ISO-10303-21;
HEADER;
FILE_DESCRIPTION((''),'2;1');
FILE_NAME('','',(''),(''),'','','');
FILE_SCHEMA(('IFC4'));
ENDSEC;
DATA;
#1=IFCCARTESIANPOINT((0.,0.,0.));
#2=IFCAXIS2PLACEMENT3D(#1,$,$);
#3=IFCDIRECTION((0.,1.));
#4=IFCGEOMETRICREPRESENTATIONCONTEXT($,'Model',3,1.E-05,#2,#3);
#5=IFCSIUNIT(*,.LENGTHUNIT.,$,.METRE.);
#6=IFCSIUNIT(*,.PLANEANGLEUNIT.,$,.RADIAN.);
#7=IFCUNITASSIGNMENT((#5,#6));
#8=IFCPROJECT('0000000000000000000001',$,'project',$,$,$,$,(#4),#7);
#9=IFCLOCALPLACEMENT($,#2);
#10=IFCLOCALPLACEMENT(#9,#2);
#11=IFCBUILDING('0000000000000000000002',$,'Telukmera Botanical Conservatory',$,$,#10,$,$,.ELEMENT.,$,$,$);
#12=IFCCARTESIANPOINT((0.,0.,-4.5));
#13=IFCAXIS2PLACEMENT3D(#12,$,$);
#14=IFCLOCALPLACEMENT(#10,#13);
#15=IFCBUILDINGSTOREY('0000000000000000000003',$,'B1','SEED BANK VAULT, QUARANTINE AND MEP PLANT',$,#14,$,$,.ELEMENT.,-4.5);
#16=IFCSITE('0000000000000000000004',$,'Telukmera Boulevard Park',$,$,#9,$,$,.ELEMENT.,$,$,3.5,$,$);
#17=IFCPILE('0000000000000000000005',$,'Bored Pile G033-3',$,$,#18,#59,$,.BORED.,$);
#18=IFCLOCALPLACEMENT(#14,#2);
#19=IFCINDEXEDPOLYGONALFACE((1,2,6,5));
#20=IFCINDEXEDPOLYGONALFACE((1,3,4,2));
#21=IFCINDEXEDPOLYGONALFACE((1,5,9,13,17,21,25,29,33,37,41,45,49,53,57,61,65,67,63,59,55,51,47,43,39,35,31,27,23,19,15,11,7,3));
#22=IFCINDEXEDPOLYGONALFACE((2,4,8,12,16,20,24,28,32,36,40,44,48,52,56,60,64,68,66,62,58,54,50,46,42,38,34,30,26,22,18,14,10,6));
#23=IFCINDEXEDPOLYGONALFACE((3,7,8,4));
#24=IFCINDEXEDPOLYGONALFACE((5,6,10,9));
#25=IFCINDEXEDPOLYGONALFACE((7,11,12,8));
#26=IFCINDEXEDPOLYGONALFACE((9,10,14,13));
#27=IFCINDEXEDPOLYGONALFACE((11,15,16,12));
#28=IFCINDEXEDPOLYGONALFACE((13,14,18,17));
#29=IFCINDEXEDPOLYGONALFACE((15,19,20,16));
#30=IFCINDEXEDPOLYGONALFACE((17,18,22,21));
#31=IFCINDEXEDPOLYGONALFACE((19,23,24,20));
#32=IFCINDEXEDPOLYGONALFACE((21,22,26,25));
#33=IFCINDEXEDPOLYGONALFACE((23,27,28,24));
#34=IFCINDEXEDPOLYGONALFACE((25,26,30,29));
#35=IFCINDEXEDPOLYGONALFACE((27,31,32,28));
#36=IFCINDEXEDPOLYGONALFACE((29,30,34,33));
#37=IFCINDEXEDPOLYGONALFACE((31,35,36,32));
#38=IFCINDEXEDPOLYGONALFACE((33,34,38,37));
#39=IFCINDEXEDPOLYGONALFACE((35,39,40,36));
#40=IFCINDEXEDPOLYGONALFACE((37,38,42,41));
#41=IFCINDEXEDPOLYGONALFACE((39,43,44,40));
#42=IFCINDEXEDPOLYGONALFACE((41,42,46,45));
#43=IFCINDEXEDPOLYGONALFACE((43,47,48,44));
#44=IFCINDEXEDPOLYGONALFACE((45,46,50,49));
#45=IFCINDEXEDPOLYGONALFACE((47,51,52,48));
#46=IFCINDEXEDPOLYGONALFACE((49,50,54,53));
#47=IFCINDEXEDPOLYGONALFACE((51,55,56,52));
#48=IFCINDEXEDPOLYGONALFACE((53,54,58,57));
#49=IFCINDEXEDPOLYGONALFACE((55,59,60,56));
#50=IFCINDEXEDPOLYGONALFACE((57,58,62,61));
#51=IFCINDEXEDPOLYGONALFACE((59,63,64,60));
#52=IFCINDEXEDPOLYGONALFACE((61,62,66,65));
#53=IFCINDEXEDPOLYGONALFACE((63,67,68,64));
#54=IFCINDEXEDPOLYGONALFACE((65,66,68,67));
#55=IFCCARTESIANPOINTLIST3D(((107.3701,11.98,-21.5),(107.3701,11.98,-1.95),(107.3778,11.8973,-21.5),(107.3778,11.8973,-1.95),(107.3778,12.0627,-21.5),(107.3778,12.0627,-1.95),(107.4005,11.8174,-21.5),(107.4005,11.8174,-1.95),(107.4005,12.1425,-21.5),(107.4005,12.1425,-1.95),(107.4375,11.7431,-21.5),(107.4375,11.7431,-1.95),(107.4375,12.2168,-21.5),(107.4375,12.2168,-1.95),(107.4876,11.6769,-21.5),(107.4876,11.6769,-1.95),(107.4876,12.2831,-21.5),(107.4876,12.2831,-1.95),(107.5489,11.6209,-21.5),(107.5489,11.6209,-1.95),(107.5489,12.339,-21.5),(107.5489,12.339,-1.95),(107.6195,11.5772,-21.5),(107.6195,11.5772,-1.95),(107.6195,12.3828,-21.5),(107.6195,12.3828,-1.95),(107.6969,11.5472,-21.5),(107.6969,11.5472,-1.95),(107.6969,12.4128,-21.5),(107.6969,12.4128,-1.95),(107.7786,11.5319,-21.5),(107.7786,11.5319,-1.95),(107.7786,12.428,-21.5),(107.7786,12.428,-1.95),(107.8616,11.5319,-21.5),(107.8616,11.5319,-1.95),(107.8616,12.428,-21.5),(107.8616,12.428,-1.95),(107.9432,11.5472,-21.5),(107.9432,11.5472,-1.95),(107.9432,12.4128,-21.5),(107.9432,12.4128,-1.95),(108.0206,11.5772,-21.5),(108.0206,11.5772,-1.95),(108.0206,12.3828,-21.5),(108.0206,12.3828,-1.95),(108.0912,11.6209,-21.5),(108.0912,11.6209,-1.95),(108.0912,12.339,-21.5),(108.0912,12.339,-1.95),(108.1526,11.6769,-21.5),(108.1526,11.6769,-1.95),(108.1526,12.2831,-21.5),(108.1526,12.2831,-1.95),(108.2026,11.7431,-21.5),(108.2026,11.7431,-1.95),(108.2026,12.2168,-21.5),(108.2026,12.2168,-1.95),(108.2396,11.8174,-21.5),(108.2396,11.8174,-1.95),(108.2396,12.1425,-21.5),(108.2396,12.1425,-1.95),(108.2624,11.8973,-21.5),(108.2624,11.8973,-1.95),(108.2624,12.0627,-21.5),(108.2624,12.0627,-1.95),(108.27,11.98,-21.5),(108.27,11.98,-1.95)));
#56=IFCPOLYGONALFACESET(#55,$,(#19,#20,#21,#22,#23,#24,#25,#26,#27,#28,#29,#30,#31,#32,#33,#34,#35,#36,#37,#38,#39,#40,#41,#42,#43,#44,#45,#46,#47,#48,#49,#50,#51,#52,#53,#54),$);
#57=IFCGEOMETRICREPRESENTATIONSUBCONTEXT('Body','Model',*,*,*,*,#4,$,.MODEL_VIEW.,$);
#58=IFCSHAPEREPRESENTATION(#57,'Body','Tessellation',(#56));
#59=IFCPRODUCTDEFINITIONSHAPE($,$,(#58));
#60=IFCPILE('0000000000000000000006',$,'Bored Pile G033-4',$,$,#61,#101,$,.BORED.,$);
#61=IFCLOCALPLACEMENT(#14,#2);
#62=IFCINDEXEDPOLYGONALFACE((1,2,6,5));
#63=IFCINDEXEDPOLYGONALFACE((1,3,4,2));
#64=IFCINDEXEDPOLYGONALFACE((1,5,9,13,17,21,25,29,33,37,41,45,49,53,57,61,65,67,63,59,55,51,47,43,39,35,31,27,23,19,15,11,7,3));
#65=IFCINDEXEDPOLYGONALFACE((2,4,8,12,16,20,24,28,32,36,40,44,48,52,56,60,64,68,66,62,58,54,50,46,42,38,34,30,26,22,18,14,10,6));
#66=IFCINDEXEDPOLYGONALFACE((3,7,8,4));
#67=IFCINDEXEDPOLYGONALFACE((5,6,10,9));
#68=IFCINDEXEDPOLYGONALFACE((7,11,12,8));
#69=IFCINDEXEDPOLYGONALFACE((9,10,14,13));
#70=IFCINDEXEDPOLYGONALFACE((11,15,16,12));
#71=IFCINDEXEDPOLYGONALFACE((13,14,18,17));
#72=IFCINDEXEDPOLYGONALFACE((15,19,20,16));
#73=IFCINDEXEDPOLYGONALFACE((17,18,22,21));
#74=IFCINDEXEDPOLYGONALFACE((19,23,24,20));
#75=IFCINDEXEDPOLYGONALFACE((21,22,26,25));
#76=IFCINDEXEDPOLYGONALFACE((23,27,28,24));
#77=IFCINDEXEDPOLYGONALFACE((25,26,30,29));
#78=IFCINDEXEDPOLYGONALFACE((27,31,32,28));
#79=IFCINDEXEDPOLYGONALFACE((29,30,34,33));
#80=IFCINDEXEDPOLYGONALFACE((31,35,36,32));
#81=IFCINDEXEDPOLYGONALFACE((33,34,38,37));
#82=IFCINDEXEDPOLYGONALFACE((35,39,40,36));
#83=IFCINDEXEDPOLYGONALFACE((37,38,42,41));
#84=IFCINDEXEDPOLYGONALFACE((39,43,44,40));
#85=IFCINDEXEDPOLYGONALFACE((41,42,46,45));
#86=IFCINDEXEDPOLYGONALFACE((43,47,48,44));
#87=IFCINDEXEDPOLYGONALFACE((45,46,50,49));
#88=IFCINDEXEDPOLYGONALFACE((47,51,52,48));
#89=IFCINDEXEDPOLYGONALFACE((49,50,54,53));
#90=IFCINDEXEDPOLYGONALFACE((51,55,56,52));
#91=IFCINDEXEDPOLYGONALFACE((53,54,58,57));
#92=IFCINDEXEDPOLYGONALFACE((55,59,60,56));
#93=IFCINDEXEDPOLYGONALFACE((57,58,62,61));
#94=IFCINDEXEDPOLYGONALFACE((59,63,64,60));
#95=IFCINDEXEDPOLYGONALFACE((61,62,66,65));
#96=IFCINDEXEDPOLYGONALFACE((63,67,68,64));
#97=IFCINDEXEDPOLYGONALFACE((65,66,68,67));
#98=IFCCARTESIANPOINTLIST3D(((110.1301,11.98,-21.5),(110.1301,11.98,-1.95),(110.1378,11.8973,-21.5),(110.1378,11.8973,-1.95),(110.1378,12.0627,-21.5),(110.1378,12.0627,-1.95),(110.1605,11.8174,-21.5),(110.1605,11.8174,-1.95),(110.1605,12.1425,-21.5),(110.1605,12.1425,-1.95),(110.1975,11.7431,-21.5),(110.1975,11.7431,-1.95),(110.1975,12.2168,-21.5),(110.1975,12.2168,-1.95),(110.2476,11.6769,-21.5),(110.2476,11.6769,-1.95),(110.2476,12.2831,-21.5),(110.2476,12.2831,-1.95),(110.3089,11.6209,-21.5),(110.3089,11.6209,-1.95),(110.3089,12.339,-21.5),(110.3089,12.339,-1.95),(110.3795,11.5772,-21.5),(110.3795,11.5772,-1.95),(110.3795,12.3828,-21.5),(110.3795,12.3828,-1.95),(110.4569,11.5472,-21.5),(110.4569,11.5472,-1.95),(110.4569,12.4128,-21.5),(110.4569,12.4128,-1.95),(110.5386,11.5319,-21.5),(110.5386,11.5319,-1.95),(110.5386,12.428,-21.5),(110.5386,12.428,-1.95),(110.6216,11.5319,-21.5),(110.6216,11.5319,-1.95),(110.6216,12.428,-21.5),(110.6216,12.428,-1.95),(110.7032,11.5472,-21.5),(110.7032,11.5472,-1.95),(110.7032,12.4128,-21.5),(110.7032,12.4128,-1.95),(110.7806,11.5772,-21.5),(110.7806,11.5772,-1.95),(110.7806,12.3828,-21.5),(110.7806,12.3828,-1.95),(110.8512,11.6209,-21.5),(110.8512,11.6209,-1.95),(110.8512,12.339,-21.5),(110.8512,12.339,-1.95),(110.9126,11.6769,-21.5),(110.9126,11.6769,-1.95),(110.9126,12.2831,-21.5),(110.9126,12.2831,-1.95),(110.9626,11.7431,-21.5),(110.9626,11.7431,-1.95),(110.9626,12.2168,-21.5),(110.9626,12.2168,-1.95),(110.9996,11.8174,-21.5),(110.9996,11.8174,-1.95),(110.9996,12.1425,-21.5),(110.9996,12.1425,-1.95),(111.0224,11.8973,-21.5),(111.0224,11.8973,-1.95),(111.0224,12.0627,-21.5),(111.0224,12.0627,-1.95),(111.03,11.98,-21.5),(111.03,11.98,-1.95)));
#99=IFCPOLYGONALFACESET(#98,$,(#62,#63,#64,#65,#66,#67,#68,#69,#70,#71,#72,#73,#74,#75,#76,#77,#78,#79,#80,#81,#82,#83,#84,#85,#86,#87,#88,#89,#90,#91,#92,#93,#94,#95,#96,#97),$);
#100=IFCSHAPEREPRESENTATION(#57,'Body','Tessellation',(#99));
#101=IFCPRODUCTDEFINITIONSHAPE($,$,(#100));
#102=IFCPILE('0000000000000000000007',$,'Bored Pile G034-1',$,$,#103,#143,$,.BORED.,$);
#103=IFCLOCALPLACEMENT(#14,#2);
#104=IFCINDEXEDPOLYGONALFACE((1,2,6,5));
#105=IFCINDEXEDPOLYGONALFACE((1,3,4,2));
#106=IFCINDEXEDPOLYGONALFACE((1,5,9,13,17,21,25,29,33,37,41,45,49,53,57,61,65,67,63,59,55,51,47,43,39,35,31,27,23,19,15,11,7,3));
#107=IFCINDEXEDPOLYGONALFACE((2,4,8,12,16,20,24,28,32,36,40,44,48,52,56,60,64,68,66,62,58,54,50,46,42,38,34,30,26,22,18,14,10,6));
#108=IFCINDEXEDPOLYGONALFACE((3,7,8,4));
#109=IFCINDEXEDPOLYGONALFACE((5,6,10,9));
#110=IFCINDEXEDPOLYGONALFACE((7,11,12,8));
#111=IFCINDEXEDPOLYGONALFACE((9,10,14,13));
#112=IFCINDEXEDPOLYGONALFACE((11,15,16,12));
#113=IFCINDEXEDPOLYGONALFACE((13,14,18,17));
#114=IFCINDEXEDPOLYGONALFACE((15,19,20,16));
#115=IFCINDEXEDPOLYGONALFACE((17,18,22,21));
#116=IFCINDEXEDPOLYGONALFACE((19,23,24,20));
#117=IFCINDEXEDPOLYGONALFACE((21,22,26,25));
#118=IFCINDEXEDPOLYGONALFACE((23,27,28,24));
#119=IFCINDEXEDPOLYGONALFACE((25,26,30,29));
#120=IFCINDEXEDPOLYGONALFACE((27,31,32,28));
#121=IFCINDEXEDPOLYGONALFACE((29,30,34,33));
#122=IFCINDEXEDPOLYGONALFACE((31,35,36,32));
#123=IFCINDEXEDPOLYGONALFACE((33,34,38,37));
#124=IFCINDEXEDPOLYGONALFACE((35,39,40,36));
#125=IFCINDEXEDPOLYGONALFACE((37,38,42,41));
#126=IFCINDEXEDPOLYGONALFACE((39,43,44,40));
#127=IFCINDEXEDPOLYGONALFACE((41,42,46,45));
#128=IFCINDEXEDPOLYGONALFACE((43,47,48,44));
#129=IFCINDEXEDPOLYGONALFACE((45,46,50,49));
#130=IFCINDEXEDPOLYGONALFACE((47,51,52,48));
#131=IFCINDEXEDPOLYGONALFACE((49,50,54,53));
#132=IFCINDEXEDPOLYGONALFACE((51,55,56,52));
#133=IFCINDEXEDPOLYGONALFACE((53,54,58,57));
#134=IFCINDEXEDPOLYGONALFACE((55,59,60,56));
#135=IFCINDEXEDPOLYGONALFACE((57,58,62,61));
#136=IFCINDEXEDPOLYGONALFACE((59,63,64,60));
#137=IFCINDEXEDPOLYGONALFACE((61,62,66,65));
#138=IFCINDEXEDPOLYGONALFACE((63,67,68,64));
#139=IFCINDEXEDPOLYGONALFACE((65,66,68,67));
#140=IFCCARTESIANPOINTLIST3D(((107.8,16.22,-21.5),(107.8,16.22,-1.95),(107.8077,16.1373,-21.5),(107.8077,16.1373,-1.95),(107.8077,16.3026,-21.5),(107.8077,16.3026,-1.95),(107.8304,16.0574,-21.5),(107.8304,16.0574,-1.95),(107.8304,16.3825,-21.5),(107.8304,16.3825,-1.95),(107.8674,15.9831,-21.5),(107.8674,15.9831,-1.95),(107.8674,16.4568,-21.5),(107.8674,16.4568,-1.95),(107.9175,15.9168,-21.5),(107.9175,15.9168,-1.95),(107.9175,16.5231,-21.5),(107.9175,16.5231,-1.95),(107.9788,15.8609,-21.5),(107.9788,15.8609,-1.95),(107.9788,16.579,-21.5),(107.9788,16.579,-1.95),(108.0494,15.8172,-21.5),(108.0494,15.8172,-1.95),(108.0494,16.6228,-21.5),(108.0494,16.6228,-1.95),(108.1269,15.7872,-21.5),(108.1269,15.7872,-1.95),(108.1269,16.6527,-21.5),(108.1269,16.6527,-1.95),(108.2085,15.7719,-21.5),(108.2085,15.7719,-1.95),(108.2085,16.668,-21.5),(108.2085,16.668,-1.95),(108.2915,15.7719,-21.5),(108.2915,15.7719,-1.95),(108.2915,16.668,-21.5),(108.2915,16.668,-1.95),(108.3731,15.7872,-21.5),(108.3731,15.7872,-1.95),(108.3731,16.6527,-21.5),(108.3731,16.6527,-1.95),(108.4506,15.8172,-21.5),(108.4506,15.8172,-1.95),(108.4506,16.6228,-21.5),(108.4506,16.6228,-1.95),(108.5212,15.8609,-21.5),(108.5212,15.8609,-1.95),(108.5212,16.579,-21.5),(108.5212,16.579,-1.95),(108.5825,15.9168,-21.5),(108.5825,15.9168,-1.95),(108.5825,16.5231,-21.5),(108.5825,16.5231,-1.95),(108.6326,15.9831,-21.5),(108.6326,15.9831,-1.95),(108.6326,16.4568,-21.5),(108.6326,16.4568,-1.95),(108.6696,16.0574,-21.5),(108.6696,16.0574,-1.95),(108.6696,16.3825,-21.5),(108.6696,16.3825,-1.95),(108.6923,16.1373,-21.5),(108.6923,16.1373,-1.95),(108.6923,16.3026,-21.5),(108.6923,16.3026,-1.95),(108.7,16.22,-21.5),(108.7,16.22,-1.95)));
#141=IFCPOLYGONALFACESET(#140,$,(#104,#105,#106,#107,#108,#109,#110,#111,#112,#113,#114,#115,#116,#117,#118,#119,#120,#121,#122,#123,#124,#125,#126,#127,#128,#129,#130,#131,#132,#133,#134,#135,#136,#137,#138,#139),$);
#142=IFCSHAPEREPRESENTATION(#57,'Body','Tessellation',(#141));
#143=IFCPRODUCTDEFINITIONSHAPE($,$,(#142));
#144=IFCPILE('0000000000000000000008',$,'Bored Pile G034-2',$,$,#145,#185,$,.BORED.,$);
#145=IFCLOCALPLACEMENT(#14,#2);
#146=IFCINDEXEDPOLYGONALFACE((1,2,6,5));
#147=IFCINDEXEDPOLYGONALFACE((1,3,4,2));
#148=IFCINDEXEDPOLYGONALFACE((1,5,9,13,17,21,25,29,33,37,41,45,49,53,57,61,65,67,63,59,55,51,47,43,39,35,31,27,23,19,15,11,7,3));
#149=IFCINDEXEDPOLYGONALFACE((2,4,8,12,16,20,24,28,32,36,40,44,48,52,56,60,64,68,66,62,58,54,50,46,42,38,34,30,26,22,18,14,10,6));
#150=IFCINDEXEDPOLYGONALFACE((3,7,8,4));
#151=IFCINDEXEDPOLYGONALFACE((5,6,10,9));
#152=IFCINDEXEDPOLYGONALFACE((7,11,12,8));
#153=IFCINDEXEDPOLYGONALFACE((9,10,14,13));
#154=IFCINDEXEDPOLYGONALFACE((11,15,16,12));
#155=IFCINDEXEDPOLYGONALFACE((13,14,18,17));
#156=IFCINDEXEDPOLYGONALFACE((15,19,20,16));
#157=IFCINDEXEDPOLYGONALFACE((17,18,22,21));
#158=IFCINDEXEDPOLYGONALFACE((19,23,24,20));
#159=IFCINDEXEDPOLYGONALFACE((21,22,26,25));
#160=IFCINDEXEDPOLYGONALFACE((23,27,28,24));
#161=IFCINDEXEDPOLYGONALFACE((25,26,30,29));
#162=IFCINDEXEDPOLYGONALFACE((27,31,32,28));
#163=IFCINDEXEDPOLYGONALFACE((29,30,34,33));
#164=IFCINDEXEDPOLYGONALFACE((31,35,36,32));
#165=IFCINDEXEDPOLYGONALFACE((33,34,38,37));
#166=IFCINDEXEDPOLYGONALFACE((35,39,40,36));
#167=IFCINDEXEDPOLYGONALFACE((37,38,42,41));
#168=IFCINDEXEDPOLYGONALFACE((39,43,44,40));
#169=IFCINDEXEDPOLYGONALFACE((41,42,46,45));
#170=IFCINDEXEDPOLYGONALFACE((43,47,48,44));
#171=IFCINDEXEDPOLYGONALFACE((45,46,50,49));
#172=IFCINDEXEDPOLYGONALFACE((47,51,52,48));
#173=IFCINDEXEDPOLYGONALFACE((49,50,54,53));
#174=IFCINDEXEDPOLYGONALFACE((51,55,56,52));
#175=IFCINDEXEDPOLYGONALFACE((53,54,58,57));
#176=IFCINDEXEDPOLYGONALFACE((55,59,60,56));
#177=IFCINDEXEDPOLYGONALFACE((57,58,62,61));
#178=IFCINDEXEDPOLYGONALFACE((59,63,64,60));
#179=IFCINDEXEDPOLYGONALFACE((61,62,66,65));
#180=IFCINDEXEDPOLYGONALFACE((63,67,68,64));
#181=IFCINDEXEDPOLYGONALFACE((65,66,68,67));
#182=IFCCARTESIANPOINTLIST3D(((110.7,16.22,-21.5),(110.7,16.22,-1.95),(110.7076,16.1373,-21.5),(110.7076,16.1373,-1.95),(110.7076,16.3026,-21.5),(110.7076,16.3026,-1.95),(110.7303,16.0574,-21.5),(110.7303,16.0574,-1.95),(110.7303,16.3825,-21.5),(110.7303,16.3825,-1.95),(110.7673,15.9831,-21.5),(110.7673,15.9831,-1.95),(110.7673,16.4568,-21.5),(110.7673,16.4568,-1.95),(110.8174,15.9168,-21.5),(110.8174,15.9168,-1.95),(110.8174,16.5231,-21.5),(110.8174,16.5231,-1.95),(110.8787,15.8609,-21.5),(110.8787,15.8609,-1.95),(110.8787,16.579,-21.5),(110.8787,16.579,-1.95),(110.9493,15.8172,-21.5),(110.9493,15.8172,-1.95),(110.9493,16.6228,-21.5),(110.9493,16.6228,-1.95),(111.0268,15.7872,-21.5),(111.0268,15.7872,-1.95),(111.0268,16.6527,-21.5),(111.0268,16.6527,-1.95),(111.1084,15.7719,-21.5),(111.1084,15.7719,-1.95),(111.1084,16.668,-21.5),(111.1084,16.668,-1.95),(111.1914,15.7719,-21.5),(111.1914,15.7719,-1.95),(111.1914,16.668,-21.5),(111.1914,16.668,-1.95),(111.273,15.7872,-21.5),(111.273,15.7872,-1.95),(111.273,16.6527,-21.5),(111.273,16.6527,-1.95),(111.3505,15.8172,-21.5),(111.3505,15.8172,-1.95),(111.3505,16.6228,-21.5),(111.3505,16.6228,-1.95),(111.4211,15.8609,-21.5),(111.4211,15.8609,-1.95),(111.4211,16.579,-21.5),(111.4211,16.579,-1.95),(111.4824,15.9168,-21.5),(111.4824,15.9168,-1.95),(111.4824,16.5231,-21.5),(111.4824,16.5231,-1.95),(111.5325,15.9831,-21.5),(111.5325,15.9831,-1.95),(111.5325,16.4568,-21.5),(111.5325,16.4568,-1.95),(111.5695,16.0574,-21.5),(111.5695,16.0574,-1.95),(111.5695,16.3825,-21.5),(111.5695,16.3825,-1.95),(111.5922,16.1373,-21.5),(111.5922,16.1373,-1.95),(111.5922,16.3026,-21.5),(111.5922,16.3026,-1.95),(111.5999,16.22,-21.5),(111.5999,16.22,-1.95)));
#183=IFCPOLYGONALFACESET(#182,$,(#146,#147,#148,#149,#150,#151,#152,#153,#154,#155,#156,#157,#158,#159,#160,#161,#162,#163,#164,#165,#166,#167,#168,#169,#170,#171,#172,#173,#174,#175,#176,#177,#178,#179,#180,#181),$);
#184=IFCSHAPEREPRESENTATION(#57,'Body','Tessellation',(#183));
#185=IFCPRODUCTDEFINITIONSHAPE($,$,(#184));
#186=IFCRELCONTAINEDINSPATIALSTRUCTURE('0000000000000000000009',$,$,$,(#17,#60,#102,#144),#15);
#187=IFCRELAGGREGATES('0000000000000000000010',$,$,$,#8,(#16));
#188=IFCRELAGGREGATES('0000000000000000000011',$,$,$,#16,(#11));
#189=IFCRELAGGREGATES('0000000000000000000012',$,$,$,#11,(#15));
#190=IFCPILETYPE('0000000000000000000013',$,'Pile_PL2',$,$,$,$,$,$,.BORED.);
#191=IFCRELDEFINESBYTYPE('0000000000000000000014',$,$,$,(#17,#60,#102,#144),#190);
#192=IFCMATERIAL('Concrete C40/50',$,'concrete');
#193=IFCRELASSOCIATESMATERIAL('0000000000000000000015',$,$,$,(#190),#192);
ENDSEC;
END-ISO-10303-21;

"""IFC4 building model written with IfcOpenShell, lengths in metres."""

from ifc_helpers import new_model, si_unit, direction, frame, origin, origin_2d, place, context, subcontext, project, spatial, circle, extrude, material, material_profile, profile_set, type_object, element, save


model = new_model("IFC4")

# Units and contexts
model_context = context("Model", 3, precision=1e-05, world=origin(), true_north=direction((0.0, 1.0)))
body_context = subcontext(model_context, "Body", "Model", "MODEL_VIEW")
ifc_project = project(units=[si_unit("LENGTHUNIT", "METRE"), si_unit("PLANEANGLEUNIT", "RADIAN")], contexts=[model_context])

# Site, building, storey
site_placement = place(None, origin())
site = spatial("IfcSite", under=ifc_project, at=site_placement, Name="Telukmera Boulevard Park", CompositionType="ELEMENT", RefElevation=3.5)
building_placement = place(site_placement, origin())
building = spatial("IfcBuilding", under=site, at=building_placement, Name="Telukmera Botanical Conservatory", CompositionType="ELEMENT")
storey_placement = place(building_placement, frame((0.0, 0.0, -4.5)))
storey = spatial("IfcBuildingStorey", under=building, at=storey_placement, Name="B1", Description="SEED BANK VAULT, QUARANTINE AND MEP PLANT", CompositionType="ELEMENT", Elevation=-4.5)

# Shared definitions
ifc_material_1 = material(Name="Concrete C40/50", Category="concrete")

# Piles
ifc_material_profile_1 = material_profile(ifc_material_1, circle(Radius=0.45, at=origin_2d()), Name="PILE D900")
ifc_profile_set_1 = profile_set([ifc_material_profile_1], Name="Concrete C40/50")
pile_type_1 = type_object("IfcPileType", Name="Pile_PL2", PredefinedType="BORED", material=ifc_profile_set_1)
for number, where, z_axis, x_axis, name in (
    (1, (107.8201, 11.98, -1.95), (0.0, 0.0, -1.0), (1.0, 0.0, 0.0), "Bored Pile G033-3"),
    (2, (110.5801, 11.98, -1.95), (0.0, 0.0, -1.0), (1.0, 0.0, 0.0), "Bored Pile G033-4"),
    (3, (108.25, 16.22, -1.95), (0.0, 0.0, -1.0), (1.0, 0.0, 0.0), "Bored Pile G034-1"),
    (4, (111.1499, 16.22, -1.95), (0.0, 0.0, -1.0), (1.0, 0.0, 0.0), "Bored Pile G034-2"),
):
    element("IfcPile", number, at=place(storey_placement, frame(where, z_axis=z_axis, x_axis=x_axis)), inside=storey, type_object=pile_type_1, Name=name, PredefinedType="BORED", context=body_context, shape_type="SweptSolid", body=[
        extrude(circle(Radius=0.45, at=origin_2d()), origin(), (0.0, 0.0, 1.0), 19.55),
    ])

save(model, "model.ifc")
